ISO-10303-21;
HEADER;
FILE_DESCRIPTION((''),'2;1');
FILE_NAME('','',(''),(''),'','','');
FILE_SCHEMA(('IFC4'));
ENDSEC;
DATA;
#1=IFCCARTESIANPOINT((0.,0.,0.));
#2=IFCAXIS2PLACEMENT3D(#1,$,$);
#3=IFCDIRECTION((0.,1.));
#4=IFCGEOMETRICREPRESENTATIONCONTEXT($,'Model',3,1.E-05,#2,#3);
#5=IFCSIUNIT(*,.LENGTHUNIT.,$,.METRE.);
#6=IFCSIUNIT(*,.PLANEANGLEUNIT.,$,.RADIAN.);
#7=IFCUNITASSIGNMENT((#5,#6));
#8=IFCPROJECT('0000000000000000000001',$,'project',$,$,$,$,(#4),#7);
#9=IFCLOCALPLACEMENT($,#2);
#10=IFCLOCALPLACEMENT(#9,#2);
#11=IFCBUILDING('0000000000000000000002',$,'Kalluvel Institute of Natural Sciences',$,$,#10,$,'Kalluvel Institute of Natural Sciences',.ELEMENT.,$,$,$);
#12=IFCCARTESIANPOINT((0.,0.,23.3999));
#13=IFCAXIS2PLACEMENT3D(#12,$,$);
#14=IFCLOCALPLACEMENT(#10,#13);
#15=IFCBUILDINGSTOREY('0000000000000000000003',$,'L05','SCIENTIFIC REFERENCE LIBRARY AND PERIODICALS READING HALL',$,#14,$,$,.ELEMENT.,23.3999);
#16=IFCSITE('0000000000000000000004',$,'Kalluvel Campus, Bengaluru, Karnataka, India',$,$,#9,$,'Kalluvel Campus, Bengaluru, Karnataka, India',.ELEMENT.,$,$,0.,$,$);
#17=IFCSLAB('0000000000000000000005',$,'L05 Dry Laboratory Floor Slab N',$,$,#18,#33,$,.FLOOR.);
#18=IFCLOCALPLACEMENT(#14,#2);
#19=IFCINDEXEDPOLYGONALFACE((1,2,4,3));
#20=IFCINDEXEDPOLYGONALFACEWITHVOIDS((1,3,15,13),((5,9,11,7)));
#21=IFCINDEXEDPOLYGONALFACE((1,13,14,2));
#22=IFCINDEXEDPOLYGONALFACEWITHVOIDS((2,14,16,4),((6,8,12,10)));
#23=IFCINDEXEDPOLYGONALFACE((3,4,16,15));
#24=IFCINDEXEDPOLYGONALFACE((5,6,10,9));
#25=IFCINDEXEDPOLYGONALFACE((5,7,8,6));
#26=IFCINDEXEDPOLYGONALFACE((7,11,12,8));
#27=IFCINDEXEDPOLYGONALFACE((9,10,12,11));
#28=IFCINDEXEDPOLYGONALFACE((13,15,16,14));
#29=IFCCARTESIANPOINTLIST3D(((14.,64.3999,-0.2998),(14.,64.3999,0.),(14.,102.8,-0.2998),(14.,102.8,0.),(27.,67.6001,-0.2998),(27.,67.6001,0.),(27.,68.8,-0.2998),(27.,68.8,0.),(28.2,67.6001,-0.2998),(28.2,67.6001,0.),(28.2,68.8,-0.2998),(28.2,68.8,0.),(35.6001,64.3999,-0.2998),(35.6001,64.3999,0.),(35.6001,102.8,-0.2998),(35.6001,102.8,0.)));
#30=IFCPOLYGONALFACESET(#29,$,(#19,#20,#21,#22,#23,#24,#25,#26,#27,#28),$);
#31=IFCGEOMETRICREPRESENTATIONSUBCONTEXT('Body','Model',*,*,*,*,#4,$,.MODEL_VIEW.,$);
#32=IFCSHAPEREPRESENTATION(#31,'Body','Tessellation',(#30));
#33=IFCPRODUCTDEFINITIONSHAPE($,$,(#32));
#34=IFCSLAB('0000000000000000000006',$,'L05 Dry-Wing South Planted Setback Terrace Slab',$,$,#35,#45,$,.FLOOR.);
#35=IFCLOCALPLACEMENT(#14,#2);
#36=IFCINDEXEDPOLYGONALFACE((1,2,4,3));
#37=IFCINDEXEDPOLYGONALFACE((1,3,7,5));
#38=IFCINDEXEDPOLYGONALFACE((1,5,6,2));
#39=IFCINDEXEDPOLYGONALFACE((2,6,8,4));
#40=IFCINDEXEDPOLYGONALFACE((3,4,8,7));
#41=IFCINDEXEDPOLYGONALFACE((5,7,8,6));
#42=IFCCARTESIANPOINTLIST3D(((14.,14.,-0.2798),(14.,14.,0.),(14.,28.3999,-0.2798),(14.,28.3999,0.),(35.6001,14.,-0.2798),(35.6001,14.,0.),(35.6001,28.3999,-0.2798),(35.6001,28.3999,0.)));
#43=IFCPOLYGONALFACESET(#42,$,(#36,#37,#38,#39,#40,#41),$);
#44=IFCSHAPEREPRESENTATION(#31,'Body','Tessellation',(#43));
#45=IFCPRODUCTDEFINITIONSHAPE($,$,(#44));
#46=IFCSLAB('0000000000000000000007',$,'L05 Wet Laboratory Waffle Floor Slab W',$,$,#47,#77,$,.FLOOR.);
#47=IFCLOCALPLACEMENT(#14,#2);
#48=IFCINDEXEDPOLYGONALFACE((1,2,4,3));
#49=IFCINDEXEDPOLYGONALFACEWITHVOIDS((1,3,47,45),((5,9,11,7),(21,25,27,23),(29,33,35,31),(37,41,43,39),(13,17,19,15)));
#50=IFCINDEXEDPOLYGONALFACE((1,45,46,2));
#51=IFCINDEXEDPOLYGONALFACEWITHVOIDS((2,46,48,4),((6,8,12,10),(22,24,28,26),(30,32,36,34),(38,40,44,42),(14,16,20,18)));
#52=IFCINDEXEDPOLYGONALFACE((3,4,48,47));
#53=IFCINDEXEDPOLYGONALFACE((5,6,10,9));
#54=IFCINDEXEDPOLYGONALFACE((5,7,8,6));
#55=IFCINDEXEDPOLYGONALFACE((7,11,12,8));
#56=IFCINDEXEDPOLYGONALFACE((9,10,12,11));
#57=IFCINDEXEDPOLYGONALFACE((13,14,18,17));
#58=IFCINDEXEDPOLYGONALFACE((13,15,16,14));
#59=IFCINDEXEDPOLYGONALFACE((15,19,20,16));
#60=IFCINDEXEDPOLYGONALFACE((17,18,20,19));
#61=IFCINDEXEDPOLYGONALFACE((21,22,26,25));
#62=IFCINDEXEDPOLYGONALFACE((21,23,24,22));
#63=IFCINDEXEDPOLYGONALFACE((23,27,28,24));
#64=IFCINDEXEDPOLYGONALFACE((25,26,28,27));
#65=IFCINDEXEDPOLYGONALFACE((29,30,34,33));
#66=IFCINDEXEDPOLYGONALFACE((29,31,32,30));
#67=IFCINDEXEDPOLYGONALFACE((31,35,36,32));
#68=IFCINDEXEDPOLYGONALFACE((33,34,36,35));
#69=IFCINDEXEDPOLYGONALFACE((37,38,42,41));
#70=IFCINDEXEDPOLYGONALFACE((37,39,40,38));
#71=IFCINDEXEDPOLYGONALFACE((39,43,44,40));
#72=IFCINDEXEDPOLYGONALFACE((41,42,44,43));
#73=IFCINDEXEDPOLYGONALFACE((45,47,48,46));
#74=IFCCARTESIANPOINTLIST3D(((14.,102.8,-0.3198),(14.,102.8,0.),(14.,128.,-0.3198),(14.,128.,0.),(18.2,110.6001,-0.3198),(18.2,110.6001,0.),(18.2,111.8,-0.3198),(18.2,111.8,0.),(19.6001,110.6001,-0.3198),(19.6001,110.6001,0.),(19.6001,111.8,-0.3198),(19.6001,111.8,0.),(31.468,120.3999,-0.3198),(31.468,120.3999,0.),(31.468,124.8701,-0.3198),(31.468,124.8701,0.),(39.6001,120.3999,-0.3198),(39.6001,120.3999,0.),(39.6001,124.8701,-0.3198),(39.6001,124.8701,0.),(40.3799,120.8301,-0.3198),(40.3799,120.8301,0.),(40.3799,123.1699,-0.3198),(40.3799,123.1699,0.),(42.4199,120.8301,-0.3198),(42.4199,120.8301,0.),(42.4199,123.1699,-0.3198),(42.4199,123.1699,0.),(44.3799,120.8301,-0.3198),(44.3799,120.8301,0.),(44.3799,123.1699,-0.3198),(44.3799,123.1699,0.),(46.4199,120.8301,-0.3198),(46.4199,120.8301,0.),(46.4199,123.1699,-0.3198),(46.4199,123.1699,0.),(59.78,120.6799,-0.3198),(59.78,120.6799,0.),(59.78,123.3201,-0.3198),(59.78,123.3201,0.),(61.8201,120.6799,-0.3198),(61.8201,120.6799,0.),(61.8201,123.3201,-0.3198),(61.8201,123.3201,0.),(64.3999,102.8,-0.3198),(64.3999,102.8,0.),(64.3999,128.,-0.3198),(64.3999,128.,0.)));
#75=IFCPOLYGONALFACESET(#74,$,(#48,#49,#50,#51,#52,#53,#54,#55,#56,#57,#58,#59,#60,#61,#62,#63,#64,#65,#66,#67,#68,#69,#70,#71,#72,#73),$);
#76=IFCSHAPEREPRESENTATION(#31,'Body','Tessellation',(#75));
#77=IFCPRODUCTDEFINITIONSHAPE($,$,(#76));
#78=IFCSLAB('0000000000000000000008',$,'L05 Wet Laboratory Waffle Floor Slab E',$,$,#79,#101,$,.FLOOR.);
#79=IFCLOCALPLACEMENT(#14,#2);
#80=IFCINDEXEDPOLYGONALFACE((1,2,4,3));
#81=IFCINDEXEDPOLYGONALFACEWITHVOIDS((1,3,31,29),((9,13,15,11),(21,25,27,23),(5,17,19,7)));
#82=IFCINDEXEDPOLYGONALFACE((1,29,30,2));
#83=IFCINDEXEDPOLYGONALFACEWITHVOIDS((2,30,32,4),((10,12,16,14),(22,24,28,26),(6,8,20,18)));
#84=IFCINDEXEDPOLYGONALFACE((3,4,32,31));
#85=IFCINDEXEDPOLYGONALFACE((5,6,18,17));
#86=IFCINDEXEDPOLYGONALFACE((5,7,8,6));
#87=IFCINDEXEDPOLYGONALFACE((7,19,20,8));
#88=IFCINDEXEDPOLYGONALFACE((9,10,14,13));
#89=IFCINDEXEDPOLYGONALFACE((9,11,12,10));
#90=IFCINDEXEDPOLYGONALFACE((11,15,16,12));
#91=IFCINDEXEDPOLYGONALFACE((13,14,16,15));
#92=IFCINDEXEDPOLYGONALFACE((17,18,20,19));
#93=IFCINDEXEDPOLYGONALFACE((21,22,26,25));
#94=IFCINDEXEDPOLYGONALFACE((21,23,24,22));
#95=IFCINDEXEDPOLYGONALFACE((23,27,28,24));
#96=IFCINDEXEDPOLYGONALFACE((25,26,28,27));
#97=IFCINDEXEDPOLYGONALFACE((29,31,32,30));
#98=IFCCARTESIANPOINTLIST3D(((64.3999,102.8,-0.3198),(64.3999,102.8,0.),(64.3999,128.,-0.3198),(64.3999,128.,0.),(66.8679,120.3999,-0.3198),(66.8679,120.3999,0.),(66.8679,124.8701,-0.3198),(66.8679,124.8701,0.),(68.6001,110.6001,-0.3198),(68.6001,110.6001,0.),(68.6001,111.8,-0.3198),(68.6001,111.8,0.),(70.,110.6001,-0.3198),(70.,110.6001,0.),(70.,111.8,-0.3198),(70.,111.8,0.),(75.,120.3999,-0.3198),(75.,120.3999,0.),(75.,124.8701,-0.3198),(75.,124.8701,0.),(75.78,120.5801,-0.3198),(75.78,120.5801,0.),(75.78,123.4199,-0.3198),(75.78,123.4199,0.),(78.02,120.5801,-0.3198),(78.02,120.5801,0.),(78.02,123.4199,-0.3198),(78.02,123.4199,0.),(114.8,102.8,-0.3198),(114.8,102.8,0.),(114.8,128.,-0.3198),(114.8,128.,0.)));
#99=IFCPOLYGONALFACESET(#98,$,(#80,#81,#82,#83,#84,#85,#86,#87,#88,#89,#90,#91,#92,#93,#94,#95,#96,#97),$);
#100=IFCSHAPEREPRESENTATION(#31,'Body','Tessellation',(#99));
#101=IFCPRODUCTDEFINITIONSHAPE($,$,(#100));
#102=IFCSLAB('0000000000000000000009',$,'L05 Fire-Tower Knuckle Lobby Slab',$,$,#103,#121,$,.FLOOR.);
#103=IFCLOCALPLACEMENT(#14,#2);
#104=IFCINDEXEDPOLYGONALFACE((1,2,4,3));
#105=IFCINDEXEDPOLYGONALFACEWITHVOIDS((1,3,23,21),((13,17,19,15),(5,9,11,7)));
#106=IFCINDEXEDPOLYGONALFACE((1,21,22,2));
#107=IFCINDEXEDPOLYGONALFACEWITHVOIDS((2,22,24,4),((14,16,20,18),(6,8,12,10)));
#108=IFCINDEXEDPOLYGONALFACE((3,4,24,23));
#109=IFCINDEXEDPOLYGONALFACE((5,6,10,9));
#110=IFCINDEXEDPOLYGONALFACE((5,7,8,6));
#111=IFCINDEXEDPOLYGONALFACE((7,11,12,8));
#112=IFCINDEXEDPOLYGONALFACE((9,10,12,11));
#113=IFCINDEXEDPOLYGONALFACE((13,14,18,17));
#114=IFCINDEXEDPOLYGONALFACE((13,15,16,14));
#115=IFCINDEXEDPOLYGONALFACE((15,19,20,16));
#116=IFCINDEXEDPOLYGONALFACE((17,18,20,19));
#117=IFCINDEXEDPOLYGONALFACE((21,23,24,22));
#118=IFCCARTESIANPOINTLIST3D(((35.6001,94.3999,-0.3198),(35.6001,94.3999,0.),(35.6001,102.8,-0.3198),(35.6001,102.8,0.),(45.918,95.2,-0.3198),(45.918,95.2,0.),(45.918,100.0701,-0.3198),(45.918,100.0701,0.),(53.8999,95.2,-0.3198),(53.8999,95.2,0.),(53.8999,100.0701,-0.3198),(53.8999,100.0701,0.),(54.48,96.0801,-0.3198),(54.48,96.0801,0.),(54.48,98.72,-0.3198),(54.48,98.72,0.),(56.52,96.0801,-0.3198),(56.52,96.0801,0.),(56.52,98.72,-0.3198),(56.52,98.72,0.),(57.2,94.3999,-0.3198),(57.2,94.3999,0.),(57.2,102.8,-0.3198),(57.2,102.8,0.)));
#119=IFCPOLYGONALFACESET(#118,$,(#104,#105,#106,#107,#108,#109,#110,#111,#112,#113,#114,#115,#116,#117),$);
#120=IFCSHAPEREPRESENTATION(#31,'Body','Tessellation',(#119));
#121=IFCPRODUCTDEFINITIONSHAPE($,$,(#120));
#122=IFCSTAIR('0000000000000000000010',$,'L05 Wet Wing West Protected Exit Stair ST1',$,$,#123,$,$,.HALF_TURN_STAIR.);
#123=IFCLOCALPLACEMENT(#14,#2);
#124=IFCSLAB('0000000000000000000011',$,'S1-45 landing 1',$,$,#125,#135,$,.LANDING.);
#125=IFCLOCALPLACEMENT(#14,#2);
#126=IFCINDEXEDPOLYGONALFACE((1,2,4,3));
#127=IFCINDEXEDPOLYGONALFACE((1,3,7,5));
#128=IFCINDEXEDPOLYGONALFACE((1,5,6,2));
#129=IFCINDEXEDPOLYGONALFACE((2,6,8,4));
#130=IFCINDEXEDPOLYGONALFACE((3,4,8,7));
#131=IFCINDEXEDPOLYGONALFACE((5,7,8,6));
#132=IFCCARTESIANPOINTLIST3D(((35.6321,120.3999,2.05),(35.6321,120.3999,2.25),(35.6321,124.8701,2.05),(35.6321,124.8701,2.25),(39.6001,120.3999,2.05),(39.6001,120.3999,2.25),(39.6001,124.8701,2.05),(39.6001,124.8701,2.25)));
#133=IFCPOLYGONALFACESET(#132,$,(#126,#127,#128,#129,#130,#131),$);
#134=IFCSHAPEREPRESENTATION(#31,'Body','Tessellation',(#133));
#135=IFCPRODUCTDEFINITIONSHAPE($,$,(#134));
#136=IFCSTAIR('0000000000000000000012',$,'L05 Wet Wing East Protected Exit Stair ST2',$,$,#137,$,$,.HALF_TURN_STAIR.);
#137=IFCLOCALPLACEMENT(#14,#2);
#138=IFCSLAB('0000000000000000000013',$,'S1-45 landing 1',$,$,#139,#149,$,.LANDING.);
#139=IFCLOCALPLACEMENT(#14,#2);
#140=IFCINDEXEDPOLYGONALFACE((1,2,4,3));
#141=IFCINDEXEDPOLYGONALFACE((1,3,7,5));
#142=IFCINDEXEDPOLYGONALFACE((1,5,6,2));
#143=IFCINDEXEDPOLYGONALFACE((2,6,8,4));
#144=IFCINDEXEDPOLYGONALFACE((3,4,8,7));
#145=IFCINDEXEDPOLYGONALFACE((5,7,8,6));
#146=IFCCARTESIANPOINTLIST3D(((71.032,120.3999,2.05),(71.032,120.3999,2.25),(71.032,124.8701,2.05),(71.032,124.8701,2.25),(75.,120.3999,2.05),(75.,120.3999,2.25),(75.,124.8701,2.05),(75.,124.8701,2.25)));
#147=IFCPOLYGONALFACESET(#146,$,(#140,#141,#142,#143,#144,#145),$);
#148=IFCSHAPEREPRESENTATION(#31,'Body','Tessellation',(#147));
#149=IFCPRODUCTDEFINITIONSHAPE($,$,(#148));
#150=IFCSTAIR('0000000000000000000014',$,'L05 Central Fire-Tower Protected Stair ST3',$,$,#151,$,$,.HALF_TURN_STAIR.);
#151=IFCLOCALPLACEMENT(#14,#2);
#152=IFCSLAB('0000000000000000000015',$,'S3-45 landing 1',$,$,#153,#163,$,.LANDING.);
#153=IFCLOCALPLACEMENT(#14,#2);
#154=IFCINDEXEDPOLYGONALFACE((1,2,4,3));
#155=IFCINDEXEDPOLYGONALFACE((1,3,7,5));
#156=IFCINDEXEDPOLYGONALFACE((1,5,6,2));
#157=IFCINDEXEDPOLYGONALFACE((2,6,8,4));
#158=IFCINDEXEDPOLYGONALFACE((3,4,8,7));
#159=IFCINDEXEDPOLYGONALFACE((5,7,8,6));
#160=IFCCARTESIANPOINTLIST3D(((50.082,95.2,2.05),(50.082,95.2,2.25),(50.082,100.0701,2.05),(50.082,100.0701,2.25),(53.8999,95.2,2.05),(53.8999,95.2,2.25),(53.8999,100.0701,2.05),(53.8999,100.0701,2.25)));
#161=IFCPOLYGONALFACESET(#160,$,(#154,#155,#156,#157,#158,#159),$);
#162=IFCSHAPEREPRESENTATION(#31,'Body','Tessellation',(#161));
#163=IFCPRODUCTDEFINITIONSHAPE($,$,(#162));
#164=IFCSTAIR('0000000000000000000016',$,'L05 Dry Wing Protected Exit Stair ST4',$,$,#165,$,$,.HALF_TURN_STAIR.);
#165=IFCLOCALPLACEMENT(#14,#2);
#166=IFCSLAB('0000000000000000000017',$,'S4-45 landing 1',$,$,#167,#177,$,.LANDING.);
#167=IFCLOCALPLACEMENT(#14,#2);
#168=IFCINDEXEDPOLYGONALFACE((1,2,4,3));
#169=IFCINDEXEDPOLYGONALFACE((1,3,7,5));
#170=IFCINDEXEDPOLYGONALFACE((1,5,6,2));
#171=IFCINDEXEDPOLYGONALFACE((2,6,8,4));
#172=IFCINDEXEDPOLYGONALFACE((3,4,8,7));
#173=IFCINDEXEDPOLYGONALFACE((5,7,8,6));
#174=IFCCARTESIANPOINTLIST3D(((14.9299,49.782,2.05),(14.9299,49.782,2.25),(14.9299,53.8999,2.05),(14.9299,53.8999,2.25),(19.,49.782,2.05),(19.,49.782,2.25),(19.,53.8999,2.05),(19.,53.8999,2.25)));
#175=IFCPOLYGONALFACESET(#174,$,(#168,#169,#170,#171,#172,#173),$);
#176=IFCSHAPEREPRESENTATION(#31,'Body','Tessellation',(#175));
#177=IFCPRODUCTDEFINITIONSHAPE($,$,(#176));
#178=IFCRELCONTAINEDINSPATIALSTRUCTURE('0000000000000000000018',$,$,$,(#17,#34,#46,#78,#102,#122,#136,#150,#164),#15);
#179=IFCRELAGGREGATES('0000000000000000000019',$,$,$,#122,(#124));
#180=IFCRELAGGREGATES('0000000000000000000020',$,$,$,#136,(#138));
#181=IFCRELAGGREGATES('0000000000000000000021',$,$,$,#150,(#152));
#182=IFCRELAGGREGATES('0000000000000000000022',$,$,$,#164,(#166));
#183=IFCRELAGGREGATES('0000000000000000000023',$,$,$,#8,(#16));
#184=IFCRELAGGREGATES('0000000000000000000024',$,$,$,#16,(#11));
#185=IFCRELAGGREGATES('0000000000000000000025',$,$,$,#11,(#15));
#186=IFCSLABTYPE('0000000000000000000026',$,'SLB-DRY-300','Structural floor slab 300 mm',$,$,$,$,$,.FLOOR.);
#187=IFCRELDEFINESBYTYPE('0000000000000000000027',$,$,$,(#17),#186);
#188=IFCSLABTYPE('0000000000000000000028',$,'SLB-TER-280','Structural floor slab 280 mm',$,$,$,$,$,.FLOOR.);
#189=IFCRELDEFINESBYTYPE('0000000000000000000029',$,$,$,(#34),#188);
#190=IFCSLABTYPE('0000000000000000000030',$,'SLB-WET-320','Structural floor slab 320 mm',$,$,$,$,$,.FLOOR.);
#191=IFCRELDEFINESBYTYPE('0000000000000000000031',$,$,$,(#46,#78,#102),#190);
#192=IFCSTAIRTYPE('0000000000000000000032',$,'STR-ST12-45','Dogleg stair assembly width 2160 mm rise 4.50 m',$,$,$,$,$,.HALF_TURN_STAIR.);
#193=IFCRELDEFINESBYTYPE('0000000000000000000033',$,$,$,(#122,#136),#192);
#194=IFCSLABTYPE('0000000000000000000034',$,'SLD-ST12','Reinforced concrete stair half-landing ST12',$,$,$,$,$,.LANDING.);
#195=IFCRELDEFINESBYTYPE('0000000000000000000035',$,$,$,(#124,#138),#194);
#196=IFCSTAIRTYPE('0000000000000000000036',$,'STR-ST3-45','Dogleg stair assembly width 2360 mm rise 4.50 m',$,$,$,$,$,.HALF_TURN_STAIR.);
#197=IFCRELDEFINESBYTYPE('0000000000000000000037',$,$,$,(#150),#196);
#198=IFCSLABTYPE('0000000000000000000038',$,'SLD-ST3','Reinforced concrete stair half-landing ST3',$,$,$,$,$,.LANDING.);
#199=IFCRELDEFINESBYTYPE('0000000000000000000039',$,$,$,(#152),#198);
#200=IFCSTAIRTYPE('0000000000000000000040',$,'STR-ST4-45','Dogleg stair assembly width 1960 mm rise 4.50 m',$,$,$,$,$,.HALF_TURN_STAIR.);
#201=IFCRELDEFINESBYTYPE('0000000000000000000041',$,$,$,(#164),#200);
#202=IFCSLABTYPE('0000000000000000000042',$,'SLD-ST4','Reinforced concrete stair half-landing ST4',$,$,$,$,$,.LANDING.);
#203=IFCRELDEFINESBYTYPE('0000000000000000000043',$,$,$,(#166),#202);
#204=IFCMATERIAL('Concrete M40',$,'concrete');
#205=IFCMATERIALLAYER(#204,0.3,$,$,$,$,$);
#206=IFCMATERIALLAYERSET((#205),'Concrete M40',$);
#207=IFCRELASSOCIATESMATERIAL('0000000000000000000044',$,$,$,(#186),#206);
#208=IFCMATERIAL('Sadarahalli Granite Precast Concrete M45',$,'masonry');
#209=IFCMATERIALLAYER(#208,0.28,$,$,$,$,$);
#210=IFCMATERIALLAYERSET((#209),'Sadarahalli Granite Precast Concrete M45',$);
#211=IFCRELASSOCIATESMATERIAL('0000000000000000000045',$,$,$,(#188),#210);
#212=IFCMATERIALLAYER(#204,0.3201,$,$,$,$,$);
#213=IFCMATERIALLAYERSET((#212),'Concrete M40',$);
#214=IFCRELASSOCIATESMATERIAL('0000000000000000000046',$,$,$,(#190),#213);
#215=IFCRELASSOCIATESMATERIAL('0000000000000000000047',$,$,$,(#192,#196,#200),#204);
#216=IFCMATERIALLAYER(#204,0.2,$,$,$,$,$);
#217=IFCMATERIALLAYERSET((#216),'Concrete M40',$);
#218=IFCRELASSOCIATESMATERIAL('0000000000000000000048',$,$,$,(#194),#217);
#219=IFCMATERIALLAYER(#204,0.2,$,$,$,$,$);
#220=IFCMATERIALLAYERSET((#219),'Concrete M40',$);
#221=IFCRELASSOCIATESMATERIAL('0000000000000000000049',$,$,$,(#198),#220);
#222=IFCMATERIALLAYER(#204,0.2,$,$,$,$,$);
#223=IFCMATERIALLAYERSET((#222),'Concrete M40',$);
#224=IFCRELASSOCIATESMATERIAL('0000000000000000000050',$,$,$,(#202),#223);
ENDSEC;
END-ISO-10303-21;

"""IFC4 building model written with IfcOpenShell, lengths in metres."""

from ifc_helpers import new_model, si_unit, direction, frame, origin, place, context, subcontext, project, spatial, polyline, outline, extrude, material, layer, layer_set, type_object, element, aggregate, save


model = new_model("IFC4")

# Units and contexts
model_context = context("Model", 3, precision=1e-05, world=origin(), true_north=direction((0.0, 1.0)))
body_context = subcontext(model_context, "Body", "Model", "MODEL_VIEW")
ifc_project = project(units=[si_unit("LENGTHUNIT", "METRE"), si_unit("PLANEANGLEUNIT", "RADIAN")], contexts=[model_context])

# Site, building, storey
site_placement = place(None, origin())
site = spatial("IfcSite", under=ifc_project, at=site_placement, Name="Kalluvel Campus, Bengaluru, Karnataka, India", LongName="Kalluvel Campus, Bengaluru, Karnataka, India", CompositionType="ELEMENT", RefElevation=0.0)
building_placement = place(site_placement, origin())
building = spatial("IfcBuilding", under=site, at=building_placement, Name="Kalluvel Institute of Natural Sciences", LongName="Kalluvel Institute of Natural Sciences", CompositionType="ELEMENT")
storey_placement = place(building_placement, frame((0.0, 0.0, 23.3999)))
storey = spatial("IfcBuildingStorey", under=building, at=storey_placement, Name="L05", Description="SCIENTIFIC REFERENCE LIBRARY AND PERIODICALS READING HALL", CompositionType="ELEMENT", Elevation=23.3999)

# Shared definitions
ifc_material_1 = material(Name="Concrete M40", Category="concrete")

# Slabs
ifc_layer_1 = layer(ifc_material_1, 0.3)
ifc_layer_set_1 = layer_set([ifc_layer_1], Name="Concrete M40")
slab_type_1 = type_object("IfcSlabType", Name="SLB-DRY-300", Description="Structural floor slab 300 mm", PredefinedType="FLOOR", material=ifc_layer_set_1)
slab_1_placement = place(storey_placement, frame((0.0, 0.0, -0.2998)))
element("IfcSlab", 1, at=slab_1_placement, inside=storey, type_object=slab_type_1, Name="L05 Dry Laboratory Floor Slab N", PredefinedType="FLOOR", context=body_context, shape_type="SweptSolid", body=[
    extrude(outline(polyline([(14.0, 64.3999), (35.6001, 64.3999), (35.6001, 102.8), (14.0, 102.8), (14.0, 64.3999)]), holes=[polyline([(27.0, 67.6001), (27.0, 68.8), (28.2, 68.8), (28.2, 67.6001), (27.0, 67.6001)])]), origin(), (0.0, 0.0, 1.0), 0.2998),
])
ifc_material_2 = material(Name="Sadarahalli Granite Precast Concrete M45", Category="masonry")
ifc_layer_2 = layer(ifc_material_2, 0.28)
ifc_layer_set_2 = layer_set([ifc_layer_2], Name="Sadarahalli Granite Precast Concrete M45")
slab_type_2 = type_object("IfcSlabType", Name="SLB-TER-280", Description="Structural floor slab 280 mm", PredefinedType="FLOOR", material=ifc_layer_set_2)
slab_2_placement = place(storey_placement, frame((0.0, 0.0, -0.2798)))
element("IfcSlab", 2, at=slab_2_placement, inside=storey, type_object=slab_type_2, Name="L05 Dry-Wing South Planted Setback Terrace Slab", PredefinedType="FLOOR", context=body_context, shape_type="SweptSolid", body=[
    extrude(outline(polyline([(14.0, 14.0), (35.6001, 14.0), (35.6001, 28.3999), (14.0, 28.3999), (14.0, 14.0)])), origin(), (0.0, 0.0, 1.0), 0.2798),
])
ifc_layer_3 = layer(ifc_material_1, 0.3201)
ifc_layer_set_3 = layer_set([ifc_layer_3], Name="Concrete M40")
slab_type_3 = type_object("IfcSlabType", Name="SLB-WET-320", Description="Structural floor slab 320 mm", PredefinedType="FLOOR", material=ifc_layer_set_3)
slab_3_placement = place(storey_placement, frame((0.0, 0.0, -0.3198)))
element("IfcSlab", 3, at=slab_3_placement, inside=storey, type_object=slab_type_3, Name="L05 Wet Laboratory Waffle Floor Slab W", PredefinedType="FLOOR", context=body_context, shape_type="SweptSolid", body=[
    extrude(outline(polyline([(14.0, 102.8), (64.3999, 102.8), (64.3999, 128.0), (14.0, 128.0), (14.0, 102.8)]), holes=[polyline([(61.8201, 120.6799), (59.78, 120.6799), (59.78, 123.3201), (61.8201, 123.3201), (61.8201, 120.6799)]), polyline([(46.4199, 123.1699), (46.4199, 120.8301), (44.3799, 120.8301), (44.3799, 123.1699), (46.4199, 123.1699)]), polyline([(42.4199, 123.1699), (42.4199, 120.8301), (40.3799, 120.8301), (40.3799, 123.1699), (42.4199, 123.1699)]), polyline([(39.6001, 120.3999), (31.468, 120.3999), (31.468, 124.8701), (39.6001, 124.8701), (39.6001, 120.3999)]), polyline([(19.6001, 111.8), (19.6001, 110.6001), (18.2, 110.6001), (18.2, 111.8), (19.6001, 111.8)])]), origin(), (0.0, 0.0, 1.0), 0.3198),
])
slab_4_placement = place(storey_placement, frame((0.0, 0.0, -0.3198)))
element("IfcSlab", 4, at=slab_4_placement, inside=storey, type_object=slab_type_3, Name="L05 Wet Laboratory Waffle Floor Slab E", PredefinedType="FLOOR", context=body_context, shape_type="SweptSolid", body=[
    extrude(outline(polyline([(64.3999, 102.8), (114.8, 102.8), (114.8, 128.0), (64.3999, 128.0), (64.3999, 102.8)]), holes=[polyline([(78.02, 123.4199), (78.02, 120.5801), (75.78, 120.5801), (75.78, 123.4199), (78.02, 123.4199)]), polyline([(75.0, 124.8701), (75.0, 120.3999), (66.8679, 120.3999), (66.8679, 124.8701), (75.0, 124.8701)]), polyline([(68.6001, 111.8), (70.0, 111.8), (70.0, 110.6001), (68.6001, 110.6001), (68.6001, 111.8)])]), origin(), (0.0, 0.0, 1.0), 0.3198),
])
slab_5_placement = place(storey_placement, frame((0.0, 0.0, -0.3198)))
element("IfcSlab", 5, at=slab_5_placement, inside=storey, type_object=slab_type_3, Name="L05 Fire-Tower Knuckle Lobby Slab", PredefinedType="FLOOR", context=body_context, shape_type="SweptSolid", body=[
    extrude(outline(polyline([(35.6001, 94.3999), (57.2, 94.3999), (57.2, 102.8), (35.6001, 102.8), (35.6001, 94.3999)]), holes=[polyline([(54.48, 98.72), (56.52, 98.72), (56.52, 96.0801), (54.48, 96.0801), (54.48, 98.72)]), polyline([(45.918, 100.0701), (53.8999, 100.0701), (53.8999, 95.2), (45.918, 95.2), (45.918, 100.0701)])]), origin(), (0.0, 0.0, 1.0), 0.3198),
])

# Stairs, slabs
stair_type_1 = type_object("IfcStairType", Name="STR-ST12-45", Description="Dogleg stair assembly width 2160 mm rise 4.50 m", PredefinedType="HALF_TURN_STAIR", material=ifc_material_1)
stair_1_placement = place(storey_placement, origin())
stair_1 = element("IfcStair", 6, at=stair_1_placement, inside=storey, type_object=stair_type_1, Name="L05 Wet Wing West Protected Exit Stair ST1", PredefinedType="HALF_TURN_STAIR")
ifc_layer_4 = layer(ifc_material_1, 0.2)
ifc_layer_set_4 = layer_set([ifc_layer_4], Name="Concrete M40")
slab_type_4 = type_object("IfcSlabType", Name="SLD-ST12", Description="Reinforced concrete stair half-landing ST12", PredefinedType="LANDING", material=ifc_layer_set_4)
slab_6_placement = place(storey_placement, frame((0.0, 0.0, 2.05)))
slab_6 = element("IfcSlab", 7, at=slab_6_placement, type_object=slab_type_4, Name="S1-45 landing 1", PredefinedType="LANDING", context=body_context, shape_type="SweptSolid", body=[
    extrude(outline(polyline([(35.6321, 120.3999), (39.6001, 120.3999), (39.6001, 124.8701), (35.6321, 124.8701), (35.6321, 120.3999)])), origin(), (0.0, 0.0, 1.0), 0.2),
])
aggregate(stair_1, [slab_6])
stair_2_placement = place(storey_placement, origin())
stair_2 = element("IfcStair", 8, at=stair_2_placement, inside=storey, type_object=stair_type_1, Name="L05 Wet Wing East Protected Exit Stair ST2", PredefinedType="HALF_TURN_STAIR")
slab_7_placement = place(storey_placement, frame((0.0, 0.0, 2.05)))
slab_7 = element("IfcSlab", 9, at=slab_7_placement, type_object=slab_type_4, Name="S1-45 landing 1", PredefinedType="LANDING", context=body_context, shape_type="SweptSolid", body=[
    extrude(outline(polyline([(71.032, 120.3999), (75.0, 120.3999), (75.0, 124.8701), (71.032, 124.8701), (71.032, 120.3999)])), origin(), (0.0, 0.0, 1.0), 0.2),
])
aggregate(stair_2, [slab_7])
stair_type_2 = type_object("IfcStairType", Name="STR-ST3-45", Description="Dogleg stair assembly width 2360 mm rise 4.50 m", PredefinedType="HALF_TURN_STAIR", material=ifc_material_1)
stair_3_placement = place(storey_placement, origin())
stair_3 = element("IfcStair", 10, at=stair_3_placement, inside=storey, type_object=stair_type_2, Name="L05 Central Fire-Tower Protected Stair ST3", PredefinedType="HALF_TURN_STAIR")
ifc_layer_5 = layer(ifc_material_1, 0.2)
ifc_layer_set_5 = layer_set([ifc_layer_5], Name="Concrete M40")
slab_type_5 = type_object("IfcSlabType", Name="SLD-ST3", Description="Reinforced concrete stair half-landing ST3", PredefinedType="LANDING", material=ifc_layer_set_5)
slab_8_placement = place(storey_placement, frame((0.0, 0.0, 2.05)))
slab_8 = element("IfcSlab", 11, at=slab_8_placement, type_object=slab_type_5, Name="S3-45 landing 1", PredefinedType="LANDING", context=body_context, shape_type="SweptSolid", body=[
    extrude(outline(polyline([(50.082, 95.2), (53.8999, 95.2), (53.8999, 100.0701), (50.082, 100.0701), (50.082, 95.2)])), origin(), (0.0, 0.0, 1.0), 0.2),
])
aggregate(stair_3, [slab_8])
stair_type_3 = type_object("IfcStairType", Name="STR-ST4-45", Description="Dogleg stair assembly width 1960 mm rise 4.50 m", PredefinedType="HALF_TURN_STAIR", material=ifc_material_1)
stair_4_placement = place(storey_placement, origin())
stair_4 = element("IfcStair", 12, at=stair_4_placement, inside=storey, type_object=stair_type_3, Name="L05 Dry Wing Protected Exit Stair ST4", PredefinedType="HALF_TURN_STAIR")
ifc_layer_6 = layer(ifc_material_1, 0.2)
ifc_layer_set_6 = layer_set([ifc_layer_6], Name="Concrete M40")
slab_type_6 = type_object("IfcSlabType", Name="SLD-ST4", Description="Reinforced concrete stair half-landing ST4", PredefinedType="LANDING", material=ifc_layer_set_6)
slab_9_placement = place(storey_placement, frame((0.0, 0.0, 2.05)))
slab_9 = element("IfcSlab", 13, at=slab_9_placement, type_object=slab_type_6, Name="S4-45 landing 1", PredefinedType="LANDING", context=body_context, shape_type="SweptSolid", body=[
    extrude(outline(polyline([(19.0, 49.782), (19.0, 53.8999), (14.9299, 53.8999), (14.9299, 49.782), (19.0, 49.782)])), origin(), (0.0, 0.0, 1.0), 0.2),
])
aggregate(stair_4, [slab_9])

save(model, "model.ifc")
